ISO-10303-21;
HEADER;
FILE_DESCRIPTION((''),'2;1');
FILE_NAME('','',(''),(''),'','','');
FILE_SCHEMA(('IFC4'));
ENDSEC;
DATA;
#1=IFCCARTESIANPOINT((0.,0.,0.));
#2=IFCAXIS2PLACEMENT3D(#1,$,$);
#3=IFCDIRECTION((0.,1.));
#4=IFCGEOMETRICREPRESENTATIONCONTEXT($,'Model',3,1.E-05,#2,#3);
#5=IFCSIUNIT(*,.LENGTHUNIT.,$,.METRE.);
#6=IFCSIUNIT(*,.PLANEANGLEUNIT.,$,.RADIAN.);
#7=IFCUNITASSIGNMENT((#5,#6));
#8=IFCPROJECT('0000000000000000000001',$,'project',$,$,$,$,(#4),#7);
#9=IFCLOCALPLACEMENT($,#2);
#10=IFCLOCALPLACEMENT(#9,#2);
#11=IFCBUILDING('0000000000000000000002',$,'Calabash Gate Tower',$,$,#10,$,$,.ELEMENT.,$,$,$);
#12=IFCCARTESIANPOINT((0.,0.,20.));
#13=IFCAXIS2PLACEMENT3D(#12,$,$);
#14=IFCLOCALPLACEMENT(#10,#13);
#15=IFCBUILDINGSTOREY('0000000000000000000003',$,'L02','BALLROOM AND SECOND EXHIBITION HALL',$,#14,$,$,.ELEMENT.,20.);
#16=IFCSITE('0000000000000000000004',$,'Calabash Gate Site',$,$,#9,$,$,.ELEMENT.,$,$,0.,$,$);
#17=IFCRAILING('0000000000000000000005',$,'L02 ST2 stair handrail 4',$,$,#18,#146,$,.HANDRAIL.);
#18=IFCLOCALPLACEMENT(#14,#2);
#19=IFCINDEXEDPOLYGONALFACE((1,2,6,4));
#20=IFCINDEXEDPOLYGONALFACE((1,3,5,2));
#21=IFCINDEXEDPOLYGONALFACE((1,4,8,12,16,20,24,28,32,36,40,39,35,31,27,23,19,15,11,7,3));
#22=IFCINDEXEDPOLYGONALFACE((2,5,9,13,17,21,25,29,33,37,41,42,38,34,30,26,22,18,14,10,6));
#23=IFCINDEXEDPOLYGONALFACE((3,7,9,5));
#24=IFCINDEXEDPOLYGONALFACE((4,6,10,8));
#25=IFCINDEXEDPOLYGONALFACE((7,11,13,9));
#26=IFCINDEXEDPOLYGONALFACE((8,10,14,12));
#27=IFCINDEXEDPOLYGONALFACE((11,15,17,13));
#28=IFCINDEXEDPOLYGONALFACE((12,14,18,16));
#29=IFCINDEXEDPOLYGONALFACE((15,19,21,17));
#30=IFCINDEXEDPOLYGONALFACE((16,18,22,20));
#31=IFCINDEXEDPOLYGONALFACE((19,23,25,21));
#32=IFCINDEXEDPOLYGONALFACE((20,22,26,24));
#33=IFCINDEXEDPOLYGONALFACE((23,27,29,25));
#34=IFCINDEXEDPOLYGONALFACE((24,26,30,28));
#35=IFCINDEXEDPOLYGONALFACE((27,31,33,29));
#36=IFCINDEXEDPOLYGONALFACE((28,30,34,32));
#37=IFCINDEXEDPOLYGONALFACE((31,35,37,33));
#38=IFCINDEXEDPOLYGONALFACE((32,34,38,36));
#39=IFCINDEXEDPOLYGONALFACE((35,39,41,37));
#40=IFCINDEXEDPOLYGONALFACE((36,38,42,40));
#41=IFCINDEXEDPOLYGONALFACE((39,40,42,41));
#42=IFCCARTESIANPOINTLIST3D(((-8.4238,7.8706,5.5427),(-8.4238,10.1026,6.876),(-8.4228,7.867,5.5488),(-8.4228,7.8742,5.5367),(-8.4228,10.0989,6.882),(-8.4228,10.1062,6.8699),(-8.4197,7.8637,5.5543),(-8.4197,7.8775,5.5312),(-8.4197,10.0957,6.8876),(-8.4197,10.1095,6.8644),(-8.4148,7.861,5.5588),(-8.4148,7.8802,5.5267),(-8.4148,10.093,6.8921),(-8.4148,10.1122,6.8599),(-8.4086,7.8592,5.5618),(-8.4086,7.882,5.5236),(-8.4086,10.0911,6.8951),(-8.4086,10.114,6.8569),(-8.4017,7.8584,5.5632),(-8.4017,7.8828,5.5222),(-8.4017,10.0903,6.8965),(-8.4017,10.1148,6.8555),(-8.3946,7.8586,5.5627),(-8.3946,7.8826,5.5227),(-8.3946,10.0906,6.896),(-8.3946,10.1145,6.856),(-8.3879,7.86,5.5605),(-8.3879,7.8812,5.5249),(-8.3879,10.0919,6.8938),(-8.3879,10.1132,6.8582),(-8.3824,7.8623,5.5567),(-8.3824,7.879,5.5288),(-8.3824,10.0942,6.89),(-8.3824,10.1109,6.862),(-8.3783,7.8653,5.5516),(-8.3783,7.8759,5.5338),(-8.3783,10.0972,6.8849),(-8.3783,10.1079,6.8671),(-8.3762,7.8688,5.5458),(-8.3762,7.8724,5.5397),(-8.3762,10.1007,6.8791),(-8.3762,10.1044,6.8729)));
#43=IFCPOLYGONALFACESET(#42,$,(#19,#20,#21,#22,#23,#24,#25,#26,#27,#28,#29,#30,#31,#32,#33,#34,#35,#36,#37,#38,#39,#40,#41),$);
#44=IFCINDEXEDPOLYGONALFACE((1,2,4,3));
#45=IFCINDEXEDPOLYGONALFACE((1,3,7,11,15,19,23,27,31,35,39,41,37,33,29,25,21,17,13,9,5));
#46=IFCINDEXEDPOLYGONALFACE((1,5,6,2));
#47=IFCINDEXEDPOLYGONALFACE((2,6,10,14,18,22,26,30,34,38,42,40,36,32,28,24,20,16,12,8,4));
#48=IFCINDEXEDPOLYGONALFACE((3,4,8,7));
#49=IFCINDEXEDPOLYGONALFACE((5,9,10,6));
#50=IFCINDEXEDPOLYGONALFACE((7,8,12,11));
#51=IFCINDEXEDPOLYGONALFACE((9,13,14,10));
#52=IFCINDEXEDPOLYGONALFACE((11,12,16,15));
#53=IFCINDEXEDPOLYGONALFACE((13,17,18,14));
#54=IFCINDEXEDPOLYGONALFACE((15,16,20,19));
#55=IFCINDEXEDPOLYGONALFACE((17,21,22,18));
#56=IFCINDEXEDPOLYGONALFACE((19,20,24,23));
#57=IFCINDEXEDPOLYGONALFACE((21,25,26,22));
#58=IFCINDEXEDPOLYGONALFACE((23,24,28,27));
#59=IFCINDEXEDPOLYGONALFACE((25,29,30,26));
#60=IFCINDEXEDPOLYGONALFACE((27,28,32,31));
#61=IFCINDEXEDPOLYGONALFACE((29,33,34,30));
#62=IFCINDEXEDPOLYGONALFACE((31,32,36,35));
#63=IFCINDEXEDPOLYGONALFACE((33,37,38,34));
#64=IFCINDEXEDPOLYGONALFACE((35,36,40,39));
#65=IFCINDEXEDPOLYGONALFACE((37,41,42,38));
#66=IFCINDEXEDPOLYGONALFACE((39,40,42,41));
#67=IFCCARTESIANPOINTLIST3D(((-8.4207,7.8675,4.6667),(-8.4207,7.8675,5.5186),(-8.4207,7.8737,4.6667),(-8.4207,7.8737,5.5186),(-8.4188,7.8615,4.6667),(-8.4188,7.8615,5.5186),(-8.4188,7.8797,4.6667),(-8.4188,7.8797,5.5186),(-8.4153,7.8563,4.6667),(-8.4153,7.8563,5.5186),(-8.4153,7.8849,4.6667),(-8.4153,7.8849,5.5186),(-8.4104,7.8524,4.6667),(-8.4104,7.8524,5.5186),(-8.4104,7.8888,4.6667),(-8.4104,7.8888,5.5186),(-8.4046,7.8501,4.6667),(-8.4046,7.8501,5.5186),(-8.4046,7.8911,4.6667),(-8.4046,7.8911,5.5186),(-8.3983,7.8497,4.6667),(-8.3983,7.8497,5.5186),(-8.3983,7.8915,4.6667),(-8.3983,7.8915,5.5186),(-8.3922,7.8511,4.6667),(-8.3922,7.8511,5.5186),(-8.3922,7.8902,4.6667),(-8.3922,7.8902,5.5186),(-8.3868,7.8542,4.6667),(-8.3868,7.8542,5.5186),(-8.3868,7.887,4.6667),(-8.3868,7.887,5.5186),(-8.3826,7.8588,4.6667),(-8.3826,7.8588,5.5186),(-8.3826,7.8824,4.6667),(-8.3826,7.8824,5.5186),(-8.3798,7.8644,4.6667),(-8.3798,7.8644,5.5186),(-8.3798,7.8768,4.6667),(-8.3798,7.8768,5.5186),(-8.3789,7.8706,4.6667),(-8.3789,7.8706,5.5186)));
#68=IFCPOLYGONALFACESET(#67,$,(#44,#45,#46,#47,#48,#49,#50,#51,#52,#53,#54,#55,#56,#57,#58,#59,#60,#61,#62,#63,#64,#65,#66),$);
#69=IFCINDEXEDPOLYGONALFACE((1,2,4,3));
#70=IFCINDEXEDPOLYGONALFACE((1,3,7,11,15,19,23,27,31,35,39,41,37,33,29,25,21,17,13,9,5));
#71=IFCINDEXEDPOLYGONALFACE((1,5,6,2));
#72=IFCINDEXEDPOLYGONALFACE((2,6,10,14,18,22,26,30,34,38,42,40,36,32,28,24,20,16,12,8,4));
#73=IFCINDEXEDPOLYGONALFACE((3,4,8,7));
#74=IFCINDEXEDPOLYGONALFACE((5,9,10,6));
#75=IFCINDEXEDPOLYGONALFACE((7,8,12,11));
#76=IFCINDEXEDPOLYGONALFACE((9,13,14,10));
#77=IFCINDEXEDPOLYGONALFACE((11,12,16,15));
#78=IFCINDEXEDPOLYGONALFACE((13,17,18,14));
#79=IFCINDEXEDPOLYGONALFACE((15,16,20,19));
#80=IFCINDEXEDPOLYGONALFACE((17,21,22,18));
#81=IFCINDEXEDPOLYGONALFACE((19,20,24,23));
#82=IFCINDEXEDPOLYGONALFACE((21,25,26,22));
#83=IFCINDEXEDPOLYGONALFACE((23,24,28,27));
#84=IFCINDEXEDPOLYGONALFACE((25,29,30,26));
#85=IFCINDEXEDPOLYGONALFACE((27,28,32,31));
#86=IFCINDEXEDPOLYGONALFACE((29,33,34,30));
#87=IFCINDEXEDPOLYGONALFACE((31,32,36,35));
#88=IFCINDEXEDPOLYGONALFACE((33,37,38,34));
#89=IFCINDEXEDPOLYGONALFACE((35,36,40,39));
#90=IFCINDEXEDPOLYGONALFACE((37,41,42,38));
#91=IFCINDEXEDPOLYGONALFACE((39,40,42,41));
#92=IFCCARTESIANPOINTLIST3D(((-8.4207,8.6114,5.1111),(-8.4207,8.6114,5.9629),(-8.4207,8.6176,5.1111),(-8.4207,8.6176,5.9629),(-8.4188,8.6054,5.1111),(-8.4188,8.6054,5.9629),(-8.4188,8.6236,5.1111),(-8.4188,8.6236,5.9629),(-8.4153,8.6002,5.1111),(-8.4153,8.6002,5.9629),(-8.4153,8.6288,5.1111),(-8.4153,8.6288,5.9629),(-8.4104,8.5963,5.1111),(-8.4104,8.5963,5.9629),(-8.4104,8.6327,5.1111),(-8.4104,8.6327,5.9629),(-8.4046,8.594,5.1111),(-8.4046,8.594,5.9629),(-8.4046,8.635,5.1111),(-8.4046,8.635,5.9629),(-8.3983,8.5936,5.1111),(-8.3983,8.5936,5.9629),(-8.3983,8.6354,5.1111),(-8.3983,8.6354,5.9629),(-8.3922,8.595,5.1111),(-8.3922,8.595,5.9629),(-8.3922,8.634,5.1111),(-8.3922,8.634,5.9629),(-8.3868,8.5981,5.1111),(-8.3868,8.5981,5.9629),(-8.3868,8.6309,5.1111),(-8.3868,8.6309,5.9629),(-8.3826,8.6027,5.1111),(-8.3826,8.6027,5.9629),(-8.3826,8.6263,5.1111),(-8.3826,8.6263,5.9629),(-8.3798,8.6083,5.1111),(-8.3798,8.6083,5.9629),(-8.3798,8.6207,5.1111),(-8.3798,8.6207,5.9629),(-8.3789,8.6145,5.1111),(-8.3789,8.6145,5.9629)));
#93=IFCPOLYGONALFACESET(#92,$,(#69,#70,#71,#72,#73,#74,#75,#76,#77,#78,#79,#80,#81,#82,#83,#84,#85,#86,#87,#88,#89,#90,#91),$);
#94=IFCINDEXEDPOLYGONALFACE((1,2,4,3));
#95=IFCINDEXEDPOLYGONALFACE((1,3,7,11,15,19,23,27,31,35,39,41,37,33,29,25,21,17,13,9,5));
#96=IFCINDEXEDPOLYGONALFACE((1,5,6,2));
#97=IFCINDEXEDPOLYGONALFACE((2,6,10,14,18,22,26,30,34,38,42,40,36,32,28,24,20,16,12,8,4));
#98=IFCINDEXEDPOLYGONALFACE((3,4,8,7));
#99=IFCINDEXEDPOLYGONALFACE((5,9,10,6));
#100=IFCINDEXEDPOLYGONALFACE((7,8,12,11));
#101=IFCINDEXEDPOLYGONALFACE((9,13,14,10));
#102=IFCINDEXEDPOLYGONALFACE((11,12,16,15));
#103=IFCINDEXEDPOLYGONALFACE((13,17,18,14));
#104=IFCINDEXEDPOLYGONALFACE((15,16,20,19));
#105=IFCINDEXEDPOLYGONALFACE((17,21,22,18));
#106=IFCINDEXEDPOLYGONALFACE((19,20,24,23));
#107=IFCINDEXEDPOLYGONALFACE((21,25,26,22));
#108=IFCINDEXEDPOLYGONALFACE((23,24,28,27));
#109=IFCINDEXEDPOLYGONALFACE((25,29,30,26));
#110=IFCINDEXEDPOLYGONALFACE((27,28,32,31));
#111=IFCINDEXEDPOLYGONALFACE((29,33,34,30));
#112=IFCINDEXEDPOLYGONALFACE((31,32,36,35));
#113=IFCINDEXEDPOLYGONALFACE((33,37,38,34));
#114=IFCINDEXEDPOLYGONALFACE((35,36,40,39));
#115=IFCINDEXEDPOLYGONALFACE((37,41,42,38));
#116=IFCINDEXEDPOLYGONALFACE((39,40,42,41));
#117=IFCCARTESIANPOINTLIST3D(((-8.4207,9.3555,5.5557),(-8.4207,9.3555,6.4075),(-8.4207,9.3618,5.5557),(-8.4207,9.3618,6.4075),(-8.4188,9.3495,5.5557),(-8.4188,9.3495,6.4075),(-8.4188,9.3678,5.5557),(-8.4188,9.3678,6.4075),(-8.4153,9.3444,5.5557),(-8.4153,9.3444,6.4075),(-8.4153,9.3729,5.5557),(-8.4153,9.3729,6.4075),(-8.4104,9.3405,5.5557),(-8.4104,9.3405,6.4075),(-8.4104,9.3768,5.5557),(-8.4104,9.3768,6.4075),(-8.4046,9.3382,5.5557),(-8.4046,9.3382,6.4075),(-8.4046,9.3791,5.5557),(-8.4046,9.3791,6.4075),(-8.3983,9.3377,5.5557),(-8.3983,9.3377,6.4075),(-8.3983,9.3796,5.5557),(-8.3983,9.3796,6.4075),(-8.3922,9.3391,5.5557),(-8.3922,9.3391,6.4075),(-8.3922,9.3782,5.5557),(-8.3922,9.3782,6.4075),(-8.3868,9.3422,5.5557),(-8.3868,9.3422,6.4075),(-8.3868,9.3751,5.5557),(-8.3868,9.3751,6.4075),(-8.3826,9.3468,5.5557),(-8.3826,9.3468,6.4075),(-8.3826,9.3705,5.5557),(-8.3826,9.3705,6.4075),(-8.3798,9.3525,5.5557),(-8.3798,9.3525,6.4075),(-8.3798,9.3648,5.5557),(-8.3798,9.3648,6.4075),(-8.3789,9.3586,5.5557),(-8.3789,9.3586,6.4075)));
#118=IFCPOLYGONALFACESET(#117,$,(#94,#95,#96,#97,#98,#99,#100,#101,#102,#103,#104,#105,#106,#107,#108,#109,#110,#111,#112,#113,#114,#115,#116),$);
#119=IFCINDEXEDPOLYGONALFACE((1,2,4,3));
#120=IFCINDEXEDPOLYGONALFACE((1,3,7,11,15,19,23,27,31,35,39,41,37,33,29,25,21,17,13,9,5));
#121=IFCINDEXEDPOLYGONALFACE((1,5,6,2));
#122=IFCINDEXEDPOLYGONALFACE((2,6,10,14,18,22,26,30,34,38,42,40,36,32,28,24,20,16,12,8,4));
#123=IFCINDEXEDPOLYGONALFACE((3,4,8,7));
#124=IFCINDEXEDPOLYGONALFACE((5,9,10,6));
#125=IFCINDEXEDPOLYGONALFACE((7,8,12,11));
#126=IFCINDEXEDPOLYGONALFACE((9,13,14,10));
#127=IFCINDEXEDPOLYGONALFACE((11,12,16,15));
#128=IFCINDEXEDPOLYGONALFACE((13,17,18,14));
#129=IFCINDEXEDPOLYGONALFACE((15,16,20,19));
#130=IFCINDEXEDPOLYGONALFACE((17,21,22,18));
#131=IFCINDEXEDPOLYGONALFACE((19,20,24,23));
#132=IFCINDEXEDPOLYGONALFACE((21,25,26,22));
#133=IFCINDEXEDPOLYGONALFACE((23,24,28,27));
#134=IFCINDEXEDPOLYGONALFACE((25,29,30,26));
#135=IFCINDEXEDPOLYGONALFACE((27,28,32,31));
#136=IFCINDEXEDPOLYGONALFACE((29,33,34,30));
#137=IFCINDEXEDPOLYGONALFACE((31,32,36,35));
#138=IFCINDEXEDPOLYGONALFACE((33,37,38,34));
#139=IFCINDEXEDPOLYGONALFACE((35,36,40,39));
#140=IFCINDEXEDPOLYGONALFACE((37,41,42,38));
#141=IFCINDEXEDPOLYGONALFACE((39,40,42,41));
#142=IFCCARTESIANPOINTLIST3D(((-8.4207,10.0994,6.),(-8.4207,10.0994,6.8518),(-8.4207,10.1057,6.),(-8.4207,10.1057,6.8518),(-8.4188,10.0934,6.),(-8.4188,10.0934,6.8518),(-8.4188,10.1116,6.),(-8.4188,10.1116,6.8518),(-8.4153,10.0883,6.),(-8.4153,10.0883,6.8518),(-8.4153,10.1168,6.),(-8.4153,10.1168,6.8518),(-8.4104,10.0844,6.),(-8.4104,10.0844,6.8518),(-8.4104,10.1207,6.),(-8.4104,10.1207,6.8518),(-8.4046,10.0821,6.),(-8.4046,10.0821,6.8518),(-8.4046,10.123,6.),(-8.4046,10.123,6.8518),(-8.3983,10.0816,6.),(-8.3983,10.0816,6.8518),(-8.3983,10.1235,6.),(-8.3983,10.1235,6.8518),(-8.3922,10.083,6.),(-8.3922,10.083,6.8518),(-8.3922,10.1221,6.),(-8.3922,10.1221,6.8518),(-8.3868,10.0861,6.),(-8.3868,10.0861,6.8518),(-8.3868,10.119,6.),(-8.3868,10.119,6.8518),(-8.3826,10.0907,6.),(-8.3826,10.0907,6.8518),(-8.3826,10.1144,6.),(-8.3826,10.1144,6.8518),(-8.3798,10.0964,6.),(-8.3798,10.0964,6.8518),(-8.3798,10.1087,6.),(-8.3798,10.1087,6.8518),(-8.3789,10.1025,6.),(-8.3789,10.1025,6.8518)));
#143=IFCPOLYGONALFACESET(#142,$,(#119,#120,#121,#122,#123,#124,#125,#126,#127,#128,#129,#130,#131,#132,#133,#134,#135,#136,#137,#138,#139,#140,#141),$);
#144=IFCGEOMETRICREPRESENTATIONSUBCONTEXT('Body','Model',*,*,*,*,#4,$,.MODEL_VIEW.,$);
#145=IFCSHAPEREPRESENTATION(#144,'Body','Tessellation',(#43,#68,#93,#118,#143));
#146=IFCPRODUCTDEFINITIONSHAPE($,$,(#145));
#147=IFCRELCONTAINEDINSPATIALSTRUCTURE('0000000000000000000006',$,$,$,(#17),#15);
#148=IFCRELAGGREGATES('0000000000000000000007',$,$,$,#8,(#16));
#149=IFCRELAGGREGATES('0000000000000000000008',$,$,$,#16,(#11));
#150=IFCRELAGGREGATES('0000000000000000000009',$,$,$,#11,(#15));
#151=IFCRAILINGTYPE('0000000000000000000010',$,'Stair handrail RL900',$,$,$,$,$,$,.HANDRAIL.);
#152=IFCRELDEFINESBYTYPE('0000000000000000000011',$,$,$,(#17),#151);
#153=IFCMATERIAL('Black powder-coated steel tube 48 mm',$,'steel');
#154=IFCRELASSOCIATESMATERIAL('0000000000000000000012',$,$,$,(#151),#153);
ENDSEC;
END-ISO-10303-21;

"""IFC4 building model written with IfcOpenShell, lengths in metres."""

from ifc_helpers import new_model, si_unit, direction, frame, origin, origin_2d, place, context, subcontext, project, spatial, circle, extrude, material, type_object, element, save


model = new_model("IFC4")

# Units and contexts
model_context = context("Model", 3, precision=1e-05, world=origin(), true_north=direction((0.0, 1.0)))
body_context = subcontext(model_context, "Body", "Model", "MODEL_VIEW")
ifc_project = project(units=[si_unit("LENGTHUNIT", "METRE"), si_unit("PLANEANGLEUNIT", "RADIAN")], contexts=[model_context])

# Site, building, storey
site_placement = place(None, origin())
site = spatial("IfcSite", under=ifc_project, at=site_placement, Name="Calabash Gate Site", CompositionType="ELEMENT", RefElevation=0.0)
building_placement = place(site_placement, origin())
building = spatial("IfcBuilding", under=site, at=building_placement, Name="Calabash Gate Tower", CompositionType="ELEMENT")
storey_placement = place(building_placement, frame((0.0, 0.0, 20.0)))
storey = spatial("IfcBuildingStorey", under=building, at=storey_placement, Name="L02", Description="BALLROOM AND SECOND EXHIBITION HALL", CompositionType="ELEMENT", Elevation=20.0)

# Railing
ifc_material_1 = material(Name="Black powder-coated steel tube 48 mm", Category="steel")
railing_type_1 = type_object("IfcRailingType", Name="Stair handrail RL900", PredefinedType="HANDRAIL", material=ifc_material_1)
railing_1_placement = place(storey_placement, frame((-8.3999, 7.8706, 4.6667)))
element("IfcRailing", 1, at=railing_1_placement, inside=storey, type_object=railing_type_1, Name="L02 ST2 stair handrail 4", PredefinedType="HANDRAIL", context=body_context, shape_type="SweptSolid", body=[
    extrude(circle(Radius=0.0239, at=origin_2d()), frame((0.0, 0.0, 0.876), z_axis=(0.0, 0.858494, 0.512824), x_axis=(-1.0, 0.0, 0.0)), (0.0, 0.0, 1.0), 2.5999),
    extrude(circle(Radius=0.021, at=origin_2d()), origin(), (0.0, 0.0, 1.0), 0.8518),
    extrude(circle(Radius=0.021, at=origin_2d()), frame((0.0, 0.7439, 0.4443)), (0.0, 0.0, 1.0), 0.8518),
    extrude(circle(Radius=0.021, at=origin_2d()), frame((0.0, 1.488, 0.8889)), (0.0, 0.0, 1.0), 0.8518),
    extrude(circle(Radius=0.021, at=origin_2d()), frame((0.0, 2.2319, 1.3333)), (0.0, 0.0, 1.0), 0.8518),
])

save(model, "model.ifc")
